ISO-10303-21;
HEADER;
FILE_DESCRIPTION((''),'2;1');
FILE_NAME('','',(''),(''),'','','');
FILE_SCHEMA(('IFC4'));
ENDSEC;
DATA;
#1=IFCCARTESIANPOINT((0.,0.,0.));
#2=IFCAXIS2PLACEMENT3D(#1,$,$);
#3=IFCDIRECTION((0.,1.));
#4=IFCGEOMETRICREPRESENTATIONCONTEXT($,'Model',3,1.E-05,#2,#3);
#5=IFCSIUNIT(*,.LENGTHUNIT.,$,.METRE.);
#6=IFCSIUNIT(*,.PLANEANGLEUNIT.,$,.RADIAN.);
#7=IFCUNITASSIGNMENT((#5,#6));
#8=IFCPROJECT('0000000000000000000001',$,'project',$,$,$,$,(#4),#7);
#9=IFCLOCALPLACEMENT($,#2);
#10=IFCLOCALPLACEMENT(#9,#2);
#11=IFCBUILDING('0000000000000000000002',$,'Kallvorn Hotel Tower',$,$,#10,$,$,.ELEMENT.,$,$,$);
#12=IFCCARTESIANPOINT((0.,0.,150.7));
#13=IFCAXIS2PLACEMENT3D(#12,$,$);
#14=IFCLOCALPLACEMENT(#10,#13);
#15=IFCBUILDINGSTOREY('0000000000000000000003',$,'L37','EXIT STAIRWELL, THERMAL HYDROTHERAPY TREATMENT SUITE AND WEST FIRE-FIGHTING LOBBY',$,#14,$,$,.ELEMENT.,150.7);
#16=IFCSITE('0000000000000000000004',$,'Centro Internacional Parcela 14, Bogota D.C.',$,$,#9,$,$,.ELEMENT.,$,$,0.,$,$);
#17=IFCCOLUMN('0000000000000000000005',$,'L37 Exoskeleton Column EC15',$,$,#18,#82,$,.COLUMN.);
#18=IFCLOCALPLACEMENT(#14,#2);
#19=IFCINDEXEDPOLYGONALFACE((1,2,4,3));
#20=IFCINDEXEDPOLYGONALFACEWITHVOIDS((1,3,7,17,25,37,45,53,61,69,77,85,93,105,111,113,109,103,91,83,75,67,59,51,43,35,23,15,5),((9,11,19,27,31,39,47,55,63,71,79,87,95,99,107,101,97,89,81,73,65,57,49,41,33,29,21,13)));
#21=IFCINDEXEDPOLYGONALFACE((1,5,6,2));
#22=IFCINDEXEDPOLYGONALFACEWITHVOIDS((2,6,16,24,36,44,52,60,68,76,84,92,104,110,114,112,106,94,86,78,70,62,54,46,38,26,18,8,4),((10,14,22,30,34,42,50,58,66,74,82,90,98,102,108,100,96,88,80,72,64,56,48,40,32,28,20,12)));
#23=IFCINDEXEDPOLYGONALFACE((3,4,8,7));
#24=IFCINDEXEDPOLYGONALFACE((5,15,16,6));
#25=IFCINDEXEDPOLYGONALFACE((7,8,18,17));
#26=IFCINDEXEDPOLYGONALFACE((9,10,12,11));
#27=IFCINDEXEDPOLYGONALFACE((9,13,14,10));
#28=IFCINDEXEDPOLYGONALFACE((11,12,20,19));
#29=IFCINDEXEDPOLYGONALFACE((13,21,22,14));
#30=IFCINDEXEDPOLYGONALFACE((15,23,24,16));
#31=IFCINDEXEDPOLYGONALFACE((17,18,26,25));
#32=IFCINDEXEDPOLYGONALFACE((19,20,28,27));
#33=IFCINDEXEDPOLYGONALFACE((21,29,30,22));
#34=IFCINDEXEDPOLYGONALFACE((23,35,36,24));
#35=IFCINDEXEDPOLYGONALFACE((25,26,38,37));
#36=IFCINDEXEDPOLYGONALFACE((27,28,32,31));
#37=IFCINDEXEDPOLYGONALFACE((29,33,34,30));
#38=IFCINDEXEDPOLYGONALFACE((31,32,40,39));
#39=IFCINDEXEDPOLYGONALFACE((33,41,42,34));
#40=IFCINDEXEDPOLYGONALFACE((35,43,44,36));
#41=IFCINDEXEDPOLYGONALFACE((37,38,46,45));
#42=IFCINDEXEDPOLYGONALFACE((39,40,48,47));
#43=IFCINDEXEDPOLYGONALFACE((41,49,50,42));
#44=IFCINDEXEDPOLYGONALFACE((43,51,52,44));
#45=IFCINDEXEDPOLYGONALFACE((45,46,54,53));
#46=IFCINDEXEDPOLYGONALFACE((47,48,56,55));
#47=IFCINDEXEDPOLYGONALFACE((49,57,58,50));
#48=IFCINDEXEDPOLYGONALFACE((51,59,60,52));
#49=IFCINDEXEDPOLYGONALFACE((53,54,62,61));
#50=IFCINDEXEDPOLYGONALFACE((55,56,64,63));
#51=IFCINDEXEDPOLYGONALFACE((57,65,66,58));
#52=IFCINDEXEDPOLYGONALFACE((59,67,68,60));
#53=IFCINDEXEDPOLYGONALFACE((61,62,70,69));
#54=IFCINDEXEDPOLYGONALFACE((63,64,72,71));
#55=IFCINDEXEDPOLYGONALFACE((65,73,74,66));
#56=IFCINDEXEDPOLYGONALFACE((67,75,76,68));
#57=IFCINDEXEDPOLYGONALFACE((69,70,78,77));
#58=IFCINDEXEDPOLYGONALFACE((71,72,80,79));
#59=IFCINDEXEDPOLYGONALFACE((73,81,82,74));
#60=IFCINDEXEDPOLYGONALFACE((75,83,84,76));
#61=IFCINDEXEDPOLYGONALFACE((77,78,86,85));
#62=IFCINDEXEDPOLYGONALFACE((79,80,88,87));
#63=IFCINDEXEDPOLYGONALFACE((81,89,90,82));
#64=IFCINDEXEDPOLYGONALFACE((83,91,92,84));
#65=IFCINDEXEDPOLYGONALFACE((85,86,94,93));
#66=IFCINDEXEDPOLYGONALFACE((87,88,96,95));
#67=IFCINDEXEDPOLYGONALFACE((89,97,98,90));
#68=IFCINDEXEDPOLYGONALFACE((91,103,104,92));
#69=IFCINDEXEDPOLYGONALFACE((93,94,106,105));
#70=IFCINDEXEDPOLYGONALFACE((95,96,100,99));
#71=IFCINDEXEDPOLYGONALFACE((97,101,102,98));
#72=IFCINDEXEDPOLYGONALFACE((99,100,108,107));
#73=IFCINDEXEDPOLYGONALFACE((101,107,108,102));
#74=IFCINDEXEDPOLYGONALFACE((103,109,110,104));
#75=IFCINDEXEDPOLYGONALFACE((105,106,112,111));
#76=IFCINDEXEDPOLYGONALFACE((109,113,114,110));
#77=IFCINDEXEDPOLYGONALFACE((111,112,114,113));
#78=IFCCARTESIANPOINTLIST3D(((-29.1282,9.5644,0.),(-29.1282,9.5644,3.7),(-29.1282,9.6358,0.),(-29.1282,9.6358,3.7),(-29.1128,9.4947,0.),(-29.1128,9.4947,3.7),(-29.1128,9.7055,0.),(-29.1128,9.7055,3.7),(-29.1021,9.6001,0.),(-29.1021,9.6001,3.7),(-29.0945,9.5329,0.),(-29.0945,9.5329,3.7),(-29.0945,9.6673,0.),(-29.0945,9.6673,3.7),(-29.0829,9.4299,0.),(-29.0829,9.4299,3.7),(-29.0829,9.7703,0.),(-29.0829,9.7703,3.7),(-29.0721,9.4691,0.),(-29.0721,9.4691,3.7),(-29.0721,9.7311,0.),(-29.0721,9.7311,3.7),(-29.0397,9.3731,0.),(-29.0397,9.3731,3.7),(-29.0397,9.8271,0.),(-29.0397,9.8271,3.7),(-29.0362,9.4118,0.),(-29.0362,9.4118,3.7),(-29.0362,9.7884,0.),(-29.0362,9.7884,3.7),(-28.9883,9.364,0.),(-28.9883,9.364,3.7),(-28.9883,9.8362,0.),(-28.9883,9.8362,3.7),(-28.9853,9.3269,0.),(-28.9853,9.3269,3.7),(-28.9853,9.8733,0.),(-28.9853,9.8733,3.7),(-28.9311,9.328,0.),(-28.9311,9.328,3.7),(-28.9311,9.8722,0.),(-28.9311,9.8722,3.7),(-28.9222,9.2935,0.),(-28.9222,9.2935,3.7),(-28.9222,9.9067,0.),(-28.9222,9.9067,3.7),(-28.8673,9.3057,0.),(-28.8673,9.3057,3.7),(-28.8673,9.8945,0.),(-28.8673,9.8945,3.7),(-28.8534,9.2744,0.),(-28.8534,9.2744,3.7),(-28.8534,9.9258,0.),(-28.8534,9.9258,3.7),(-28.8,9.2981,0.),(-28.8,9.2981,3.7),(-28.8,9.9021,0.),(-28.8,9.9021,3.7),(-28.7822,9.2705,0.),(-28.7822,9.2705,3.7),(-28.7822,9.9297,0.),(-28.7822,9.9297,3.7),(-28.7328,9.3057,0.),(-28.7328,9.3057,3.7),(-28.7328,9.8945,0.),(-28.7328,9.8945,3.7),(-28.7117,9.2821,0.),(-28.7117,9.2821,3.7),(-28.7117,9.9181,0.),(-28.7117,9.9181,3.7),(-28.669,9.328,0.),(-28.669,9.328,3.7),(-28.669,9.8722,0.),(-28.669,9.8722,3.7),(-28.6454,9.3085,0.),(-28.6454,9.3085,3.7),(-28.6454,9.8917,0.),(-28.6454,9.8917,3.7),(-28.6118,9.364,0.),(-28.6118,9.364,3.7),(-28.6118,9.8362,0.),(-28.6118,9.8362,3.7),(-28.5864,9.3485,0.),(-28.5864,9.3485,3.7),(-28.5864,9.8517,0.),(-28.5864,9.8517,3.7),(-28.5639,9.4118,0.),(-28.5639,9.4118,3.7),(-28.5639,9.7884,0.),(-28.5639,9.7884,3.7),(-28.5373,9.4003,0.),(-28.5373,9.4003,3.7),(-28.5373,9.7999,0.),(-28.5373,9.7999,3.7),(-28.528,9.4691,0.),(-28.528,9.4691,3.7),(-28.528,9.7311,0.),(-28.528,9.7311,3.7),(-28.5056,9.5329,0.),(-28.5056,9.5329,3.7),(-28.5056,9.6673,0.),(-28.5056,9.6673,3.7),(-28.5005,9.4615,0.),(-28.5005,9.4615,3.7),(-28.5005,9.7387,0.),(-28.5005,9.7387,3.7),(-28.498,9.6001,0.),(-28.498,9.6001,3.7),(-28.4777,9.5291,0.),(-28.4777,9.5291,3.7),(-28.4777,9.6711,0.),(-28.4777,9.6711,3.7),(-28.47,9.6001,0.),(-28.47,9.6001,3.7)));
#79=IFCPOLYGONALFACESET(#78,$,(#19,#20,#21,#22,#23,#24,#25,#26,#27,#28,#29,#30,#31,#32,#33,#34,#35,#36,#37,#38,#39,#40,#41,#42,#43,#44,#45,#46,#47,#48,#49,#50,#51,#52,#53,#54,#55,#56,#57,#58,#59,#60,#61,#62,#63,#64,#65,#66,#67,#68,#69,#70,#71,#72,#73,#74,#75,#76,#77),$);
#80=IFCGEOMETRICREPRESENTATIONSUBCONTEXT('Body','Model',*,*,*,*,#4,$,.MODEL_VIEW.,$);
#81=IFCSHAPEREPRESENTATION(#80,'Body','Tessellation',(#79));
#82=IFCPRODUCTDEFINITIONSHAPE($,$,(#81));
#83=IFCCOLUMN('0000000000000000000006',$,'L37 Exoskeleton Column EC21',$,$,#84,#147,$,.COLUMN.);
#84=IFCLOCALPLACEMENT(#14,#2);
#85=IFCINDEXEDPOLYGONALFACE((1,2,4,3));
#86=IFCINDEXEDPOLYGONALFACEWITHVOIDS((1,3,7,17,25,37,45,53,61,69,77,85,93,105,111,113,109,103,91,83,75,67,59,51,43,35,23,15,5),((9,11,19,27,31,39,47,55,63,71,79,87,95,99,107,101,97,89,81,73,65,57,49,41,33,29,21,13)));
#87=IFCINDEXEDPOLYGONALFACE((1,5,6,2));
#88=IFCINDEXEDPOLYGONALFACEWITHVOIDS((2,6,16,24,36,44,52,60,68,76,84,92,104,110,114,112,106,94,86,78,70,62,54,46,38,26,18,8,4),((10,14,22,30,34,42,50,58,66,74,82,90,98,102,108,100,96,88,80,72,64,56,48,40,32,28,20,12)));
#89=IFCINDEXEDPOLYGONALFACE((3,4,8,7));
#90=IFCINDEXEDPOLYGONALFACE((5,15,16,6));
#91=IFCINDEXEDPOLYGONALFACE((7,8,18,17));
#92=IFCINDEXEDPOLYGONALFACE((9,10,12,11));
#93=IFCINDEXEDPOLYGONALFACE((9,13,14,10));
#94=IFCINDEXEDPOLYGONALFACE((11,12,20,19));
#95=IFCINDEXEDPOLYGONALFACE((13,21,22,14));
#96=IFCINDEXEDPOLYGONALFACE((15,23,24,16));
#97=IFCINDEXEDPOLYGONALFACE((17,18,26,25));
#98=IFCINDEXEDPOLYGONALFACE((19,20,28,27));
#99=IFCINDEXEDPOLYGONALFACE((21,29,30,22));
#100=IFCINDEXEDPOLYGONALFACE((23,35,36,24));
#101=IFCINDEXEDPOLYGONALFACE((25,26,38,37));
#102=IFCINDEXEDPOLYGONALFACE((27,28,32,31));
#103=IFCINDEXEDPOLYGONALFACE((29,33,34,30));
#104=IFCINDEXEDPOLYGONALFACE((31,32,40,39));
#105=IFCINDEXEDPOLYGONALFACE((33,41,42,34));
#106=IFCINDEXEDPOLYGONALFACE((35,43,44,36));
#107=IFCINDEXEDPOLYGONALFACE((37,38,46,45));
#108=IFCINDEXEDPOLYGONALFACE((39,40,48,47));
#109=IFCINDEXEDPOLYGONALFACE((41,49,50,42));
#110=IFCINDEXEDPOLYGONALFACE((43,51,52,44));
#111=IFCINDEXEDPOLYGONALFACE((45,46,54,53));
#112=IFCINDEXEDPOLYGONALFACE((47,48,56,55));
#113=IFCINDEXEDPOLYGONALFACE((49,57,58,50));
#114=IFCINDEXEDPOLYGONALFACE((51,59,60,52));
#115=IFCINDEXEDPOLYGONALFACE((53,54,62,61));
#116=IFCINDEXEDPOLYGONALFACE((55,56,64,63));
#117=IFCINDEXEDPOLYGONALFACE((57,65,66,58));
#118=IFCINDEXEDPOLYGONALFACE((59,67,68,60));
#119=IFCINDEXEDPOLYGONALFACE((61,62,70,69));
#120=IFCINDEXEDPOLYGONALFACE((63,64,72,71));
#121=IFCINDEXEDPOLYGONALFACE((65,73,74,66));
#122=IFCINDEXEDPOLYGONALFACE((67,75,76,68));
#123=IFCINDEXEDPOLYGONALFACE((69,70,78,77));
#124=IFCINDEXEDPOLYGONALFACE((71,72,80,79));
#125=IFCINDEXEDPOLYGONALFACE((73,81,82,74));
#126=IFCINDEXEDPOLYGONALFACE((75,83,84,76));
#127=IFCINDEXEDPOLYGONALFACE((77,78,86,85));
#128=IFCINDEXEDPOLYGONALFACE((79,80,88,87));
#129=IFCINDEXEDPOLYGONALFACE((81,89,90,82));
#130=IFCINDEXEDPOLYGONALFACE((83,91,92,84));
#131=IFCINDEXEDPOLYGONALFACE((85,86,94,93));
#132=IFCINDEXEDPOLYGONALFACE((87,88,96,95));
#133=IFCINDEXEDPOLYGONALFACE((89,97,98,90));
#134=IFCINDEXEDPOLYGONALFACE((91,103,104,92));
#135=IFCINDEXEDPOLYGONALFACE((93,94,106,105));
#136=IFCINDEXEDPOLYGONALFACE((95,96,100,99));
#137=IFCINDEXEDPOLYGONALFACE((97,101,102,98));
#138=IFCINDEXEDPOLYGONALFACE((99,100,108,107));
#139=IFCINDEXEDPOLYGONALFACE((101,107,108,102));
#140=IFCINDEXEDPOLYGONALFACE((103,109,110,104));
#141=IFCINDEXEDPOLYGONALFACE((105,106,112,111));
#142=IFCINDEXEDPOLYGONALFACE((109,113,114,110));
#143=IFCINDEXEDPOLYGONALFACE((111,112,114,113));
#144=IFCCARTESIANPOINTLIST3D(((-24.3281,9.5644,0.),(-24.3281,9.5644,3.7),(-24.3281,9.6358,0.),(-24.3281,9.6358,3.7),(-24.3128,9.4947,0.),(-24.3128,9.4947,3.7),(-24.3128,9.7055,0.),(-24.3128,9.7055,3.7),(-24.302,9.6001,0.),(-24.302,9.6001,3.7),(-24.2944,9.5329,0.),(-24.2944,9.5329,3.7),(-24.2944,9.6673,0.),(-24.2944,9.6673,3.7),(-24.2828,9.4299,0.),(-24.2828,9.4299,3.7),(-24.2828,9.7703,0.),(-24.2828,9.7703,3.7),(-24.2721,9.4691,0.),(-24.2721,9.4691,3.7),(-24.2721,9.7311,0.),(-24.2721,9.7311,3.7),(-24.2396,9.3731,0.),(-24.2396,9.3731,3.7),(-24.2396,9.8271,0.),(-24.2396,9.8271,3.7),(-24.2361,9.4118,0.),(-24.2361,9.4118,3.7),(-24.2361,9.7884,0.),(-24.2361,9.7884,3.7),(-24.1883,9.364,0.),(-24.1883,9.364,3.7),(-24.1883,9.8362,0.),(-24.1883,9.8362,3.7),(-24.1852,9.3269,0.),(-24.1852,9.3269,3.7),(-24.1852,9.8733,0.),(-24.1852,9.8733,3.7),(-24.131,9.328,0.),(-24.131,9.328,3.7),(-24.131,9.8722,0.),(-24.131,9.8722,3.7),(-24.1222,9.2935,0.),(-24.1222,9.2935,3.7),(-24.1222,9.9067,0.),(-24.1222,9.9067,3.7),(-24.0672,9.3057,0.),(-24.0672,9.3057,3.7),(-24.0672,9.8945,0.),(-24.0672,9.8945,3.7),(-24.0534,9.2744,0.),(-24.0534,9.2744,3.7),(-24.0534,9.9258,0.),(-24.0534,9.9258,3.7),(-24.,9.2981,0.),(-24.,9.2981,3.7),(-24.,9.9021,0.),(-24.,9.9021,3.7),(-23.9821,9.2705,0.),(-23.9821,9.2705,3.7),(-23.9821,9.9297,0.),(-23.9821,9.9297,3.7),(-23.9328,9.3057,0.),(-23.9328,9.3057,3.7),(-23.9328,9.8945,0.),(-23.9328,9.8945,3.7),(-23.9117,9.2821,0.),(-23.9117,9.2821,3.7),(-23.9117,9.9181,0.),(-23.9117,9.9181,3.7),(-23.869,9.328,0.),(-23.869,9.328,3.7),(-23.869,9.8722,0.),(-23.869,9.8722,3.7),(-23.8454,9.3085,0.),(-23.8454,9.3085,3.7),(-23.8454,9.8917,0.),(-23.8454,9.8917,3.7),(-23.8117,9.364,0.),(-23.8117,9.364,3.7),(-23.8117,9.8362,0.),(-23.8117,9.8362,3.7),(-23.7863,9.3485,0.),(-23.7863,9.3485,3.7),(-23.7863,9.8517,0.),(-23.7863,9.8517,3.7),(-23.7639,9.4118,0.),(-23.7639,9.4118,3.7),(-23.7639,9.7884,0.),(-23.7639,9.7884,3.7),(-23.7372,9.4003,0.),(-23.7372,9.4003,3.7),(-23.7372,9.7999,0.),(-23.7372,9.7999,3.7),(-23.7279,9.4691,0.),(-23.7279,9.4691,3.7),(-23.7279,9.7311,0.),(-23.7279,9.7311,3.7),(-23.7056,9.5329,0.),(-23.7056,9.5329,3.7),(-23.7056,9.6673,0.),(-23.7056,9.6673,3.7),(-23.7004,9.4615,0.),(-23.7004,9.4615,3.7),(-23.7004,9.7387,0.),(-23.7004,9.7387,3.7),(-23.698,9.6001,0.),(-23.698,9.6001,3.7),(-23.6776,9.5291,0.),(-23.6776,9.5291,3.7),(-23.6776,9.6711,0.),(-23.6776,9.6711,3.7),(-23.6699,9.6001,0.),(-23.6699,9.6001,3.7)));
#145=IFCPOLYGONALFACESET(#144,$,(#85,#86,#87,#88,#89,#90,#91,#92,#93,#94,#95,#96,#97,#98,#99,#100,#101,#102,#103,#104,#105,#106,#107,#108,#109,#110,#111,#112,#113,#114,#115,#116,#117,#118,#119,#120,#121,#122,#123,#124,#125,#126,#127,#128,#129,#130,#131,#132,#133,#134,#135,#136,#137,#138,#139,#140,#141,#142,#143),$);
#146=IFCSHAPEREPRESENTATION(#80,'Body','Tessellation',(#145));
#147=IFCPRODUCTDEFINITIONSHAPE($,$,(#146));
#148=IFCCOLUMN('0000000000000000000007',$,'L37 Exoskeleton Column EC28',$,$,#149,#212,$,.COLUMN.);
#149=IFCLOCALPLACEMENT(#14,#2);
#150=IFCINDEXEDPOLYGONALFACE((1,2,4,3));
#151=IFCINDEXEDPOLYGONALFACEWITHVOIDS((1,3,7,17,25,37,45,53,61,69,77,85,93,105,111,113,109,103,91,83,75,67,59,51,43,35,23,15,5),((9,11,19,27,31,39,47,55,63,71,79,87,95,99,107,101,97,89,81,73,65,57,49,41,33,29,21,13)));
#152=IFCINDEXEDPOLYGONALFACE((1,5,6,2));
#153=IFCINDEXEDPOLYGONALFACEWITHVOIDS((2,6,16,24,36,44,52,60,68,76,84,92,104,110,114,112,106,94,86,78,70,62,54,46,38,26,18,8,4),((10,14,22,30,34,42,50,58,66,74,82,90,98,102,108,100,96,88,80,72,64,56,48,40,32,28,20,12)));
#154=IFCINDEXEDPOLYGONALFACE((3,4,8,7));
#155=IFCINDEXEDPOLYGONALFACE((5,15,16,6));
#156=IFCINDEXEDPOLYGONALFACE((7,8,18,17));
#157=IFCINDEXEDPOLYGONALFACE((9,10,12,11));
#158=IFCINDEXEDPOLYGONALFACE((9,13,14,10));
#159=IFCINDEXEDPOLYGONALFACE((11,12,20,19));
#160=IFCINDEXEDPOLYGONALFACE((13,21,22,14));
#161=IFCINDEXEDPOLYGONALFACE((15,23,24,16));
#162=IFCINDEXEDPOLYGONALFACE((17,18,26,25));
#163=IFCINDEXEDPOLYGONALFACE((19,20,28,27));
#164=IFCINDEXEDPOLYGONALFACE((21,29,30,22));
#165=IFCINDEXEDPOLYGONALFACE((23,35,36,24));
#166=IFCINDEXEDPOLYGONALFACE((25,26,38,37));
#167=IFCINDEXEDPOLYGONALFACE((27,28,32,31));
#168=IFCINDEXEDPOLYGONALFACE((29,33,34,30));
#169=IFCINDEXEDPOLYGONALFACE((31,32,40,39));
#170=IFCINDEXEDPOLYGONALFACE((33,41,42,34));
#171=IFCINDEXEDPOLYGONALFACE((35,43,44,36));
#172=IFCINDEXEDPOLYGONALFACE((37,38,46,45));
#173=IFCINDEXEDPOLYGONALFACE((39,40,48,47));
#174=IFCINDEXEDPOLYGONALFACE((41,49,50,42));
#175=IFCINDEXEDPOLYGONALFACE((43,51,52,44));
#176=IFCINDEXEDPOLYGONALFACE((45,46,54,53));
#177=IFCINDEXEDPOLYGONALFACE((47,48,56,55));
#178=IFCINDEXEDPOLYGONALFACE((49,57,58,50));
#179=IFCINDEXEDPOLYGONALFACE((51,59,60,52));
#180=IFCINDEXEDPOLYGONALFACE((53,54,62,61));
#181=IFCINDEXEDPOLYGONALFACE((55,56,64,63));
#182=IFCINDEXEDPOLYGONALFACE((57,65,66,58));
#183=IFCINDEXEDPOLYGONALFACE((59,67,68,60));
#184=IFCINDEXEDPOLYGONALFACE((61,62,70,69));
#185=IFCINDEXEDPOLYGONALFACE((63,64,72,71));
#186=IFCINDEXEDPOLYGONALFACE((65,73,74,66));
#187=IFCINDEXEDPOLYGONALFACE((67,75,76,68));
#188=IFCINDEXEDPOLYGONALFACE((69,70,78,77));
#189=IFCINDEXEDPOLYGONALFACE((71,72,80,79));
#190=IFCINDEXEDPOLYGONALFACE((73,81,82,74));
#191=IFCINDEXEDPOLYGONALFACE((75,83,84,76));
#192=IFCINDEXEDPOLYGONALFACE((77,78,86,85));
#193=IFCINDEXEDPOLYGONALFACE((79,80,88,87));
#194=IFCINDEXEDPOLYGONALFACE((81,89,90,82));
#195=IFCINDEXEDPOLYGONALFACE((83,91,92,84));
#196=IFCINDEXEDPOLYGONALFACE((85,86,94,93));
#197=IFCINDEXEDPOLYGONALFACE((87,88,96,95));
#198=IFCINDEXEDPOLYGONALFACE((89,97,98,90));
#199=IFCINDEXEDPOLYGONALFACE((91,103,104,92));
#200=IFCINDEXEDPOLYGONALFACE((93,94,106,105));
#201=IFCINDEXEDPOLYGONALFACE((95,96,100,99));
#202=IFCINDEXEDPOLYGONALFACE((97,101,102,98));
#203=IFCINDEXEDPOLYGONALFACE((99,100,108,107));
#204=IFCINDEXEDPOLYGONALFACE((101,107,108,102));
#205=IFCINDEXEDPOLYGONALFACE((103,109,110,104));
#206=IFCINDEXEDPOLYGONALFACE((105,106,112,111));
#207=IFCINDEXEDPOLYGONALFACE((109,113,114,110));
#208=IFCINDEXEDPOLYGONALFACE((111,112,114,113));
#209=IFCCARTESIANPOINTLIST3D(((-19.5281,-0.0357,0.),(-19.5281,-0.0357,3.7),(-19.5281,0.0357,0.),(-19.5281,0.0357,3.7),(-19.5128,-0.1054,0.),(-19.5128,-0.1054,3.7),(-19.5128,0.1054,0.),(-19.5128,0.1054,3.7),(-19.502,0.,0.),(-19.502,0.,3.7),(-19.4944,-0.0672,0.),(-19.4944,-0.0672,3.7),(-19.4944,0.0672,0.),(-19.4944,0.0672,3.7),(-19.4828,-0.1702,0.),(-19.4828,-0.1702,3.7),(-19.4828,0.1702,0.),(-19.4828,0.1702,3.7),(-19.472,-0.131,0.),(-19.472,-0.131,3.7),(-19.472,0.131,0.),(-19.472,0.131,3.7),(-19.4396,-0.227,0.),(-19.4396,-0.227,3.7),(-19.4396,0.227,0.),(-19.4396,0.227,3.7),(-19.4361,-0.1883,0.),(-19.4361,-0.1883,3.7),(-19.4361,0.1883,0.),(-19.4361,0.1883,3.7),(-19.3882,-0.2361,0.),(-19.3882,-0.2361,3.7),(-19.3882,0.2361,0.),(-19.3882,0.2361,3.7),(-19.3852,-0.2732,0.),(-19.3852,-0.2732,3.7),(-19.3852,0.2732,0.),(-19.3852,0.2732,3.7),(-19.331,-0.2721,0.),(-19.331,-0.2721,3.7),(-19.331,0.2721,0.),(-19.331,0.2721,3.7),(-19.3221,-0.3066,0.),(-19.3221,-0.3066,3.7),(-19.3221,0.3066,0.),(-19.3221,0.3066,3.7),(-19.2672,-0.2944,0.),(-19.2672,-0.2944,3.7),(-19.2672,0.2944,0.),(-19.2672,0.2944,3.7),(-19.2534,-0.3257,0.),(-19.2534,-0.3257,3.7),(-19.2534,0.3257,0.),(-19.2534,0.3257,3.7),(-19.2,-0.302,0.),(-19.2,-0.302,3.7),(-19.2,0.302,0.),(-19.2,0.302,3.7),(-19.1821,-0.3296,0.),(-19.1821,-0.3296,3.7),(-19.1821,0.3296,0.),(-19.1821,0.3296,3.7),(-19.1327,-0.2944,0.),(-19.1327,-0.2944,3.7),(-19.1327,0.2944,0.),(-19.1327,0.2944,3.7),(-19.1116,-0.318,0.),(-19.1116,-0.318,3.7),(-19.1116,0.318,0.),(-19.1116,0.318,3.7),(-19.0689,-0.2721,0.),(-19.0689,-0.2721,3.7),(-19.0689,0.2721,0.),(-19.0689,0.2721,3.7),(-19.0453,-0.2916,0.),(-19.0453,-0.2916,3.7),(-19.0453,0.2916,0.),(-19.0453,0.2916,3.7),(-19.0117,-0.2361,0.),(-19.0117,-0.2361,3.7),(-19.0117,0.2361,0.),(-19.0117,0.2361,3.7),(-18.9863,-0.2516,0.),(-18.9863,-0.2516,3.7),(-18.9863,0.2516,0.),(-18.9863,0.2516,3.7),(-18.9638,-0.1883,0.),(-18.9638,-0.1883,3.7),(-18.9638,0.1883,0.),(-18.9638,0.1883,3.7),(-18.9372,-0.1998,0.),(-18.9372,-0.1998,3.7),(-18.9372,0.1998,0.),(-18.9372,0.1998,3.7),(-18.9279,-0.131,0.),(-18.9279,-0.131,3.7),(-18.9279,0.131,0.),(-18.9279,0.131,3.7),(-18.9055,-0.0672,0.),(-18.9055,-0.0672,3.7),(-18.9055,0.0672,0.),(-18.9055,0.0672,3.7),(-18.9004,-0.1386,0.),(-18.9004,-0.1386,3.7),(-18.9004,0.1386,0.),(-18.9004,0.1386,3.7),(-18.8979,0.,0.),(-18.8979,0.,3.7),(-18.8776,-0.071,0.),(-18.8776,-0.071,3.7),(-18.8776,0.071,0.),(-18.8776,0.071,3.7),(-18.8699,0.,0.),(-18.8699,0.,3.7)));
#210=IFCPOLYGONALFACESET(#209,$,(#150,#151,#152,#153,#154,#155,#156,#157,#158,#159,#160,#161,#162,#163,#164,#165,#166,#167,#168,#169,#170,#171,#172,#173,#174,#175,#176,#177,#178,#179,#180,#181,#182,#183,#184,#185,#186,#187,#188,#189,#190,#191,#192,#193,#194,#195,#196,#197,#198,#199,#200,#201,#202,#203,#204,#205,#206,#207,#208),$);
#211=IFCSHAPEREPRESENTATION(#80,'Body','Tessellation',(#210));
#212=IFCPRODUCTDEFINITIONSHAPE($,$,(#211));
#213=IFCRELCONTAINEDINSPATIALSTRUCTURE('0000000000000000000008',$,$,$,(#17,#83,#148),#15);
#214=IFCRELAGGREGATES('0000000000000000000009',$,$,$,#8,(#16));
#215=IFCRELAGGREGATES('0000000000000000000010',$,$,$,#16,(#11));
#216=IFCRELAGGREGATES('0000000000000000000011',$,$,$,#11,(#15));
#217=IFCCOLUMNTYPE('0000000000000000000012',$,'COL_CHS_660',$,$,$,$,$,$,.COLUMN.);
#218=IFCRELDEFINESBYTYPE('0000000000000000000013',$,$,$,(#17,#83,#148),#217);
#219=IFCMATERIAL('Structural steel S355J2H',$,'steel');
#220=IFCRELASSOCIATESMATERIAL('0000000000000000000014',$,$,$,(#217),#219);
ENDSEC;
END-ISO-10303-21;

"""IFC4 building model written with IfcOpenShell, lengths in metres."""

from ifc_helpers import new_model, si_unit, direction, frame, origin, origin_2d, place, context, subcontext, project, spatial, hollow_circle, extrude, material, material_profile, profile_set, type_object, element, save


model = new_model("IFC4")

# Units and contexts
model_context = context("Model", 3, precision=1e-05, world=origin(), true_north=direction((0.0, 1.0)))
body_context = subcontext(model_context, "Body", "Model", "MODEL_VIEW")
ifc_project = project(units=[si_unit("LENGTHUNIT", "METRE"), si_unit("PLANEANGLEUNIT", "RADIAN")], contexts=[model_context])

# Site, building, storey
site_placement = place(None, origin())
site = spatial("IfcSite", under=ifc_project, at=site_placement, Name="Centro Internacional Parcela 14, Bogota D.C.", CompositionType="ELEMENT", RefElevation=0.0)
building_placement = place(site_placement, origin())
building = spatial("IfcBuilding", under=site, at=building_placement, Name="Kallvorn Hotel Tower", CompositionType="ELEMENT")
storey_placement = place(building_placement, frame((0.0, 0.0, 150.7)))
storey = spatial("IfcBuildingStorey", under=building, at=storey_placement, Name="L37", Description="EXIT STAIRWELL, THERMAL HYDROTHERAPY TREATMENT SUITE AND WEST FIRE-FIGHTING LOBBY", CompositionType="ELEMENT", Elevation=150.7)

# Columns
ifc_material_1 = material(Name="Structural steel S355J2H", Category="steel")
ifc_material_profile_1 = material_profile(ifc_material_1, hollow_circle(Radius=0.3301, WallThickness=0.0281, at=origin_2d()), Name="CHS 660x28")
ifc_profile_set_1 = profile_set([ifc_material_profile_1], Name="Structural steel S355J2H")
column_type_1 = type_object("IfcColumnType", Name="COL_CHS_660", PredefinedType="COLUMN", material=ifc_profile_set_1)
for number, where, z_axis, x_axis, name in (
    (1, (-28.8, 9.6001, 0.0), (0.0, 0.0, 1.0), (1.0, 0.0, 0.0), "L37 Exoskeleton Column EC15"),
    (2, (-24.0, 9.6001, 0.0), (0.0, 0.0, 1.0), (1.0, 0.0, 0.0), "L37 Exoskeleton Column EC21"),
    (3, (-19.2, 0.0, 0.0), (0.0, 0.0, 1.0), (1.0, 0.0, 0.0), "L37 Exoskeleton Column EC28"),
):
    element("IfcColumn", number, at=place(storey_placement, frame(where, z_axis=z_axis, x_axis=x_axis)), inside=storey, type_object=column_type_1, Name=name, PredefinedType="COLUMN", context=body_context, shape_type="SweptSolid", body=[
        extrude(hollow_circle(Radius=0.3301, WallThickness=0.0281, at=origin_2d()), origin(), (0.0, 0.0, 1.0), 3.7),
    ])

save(model, "model.ifc")
